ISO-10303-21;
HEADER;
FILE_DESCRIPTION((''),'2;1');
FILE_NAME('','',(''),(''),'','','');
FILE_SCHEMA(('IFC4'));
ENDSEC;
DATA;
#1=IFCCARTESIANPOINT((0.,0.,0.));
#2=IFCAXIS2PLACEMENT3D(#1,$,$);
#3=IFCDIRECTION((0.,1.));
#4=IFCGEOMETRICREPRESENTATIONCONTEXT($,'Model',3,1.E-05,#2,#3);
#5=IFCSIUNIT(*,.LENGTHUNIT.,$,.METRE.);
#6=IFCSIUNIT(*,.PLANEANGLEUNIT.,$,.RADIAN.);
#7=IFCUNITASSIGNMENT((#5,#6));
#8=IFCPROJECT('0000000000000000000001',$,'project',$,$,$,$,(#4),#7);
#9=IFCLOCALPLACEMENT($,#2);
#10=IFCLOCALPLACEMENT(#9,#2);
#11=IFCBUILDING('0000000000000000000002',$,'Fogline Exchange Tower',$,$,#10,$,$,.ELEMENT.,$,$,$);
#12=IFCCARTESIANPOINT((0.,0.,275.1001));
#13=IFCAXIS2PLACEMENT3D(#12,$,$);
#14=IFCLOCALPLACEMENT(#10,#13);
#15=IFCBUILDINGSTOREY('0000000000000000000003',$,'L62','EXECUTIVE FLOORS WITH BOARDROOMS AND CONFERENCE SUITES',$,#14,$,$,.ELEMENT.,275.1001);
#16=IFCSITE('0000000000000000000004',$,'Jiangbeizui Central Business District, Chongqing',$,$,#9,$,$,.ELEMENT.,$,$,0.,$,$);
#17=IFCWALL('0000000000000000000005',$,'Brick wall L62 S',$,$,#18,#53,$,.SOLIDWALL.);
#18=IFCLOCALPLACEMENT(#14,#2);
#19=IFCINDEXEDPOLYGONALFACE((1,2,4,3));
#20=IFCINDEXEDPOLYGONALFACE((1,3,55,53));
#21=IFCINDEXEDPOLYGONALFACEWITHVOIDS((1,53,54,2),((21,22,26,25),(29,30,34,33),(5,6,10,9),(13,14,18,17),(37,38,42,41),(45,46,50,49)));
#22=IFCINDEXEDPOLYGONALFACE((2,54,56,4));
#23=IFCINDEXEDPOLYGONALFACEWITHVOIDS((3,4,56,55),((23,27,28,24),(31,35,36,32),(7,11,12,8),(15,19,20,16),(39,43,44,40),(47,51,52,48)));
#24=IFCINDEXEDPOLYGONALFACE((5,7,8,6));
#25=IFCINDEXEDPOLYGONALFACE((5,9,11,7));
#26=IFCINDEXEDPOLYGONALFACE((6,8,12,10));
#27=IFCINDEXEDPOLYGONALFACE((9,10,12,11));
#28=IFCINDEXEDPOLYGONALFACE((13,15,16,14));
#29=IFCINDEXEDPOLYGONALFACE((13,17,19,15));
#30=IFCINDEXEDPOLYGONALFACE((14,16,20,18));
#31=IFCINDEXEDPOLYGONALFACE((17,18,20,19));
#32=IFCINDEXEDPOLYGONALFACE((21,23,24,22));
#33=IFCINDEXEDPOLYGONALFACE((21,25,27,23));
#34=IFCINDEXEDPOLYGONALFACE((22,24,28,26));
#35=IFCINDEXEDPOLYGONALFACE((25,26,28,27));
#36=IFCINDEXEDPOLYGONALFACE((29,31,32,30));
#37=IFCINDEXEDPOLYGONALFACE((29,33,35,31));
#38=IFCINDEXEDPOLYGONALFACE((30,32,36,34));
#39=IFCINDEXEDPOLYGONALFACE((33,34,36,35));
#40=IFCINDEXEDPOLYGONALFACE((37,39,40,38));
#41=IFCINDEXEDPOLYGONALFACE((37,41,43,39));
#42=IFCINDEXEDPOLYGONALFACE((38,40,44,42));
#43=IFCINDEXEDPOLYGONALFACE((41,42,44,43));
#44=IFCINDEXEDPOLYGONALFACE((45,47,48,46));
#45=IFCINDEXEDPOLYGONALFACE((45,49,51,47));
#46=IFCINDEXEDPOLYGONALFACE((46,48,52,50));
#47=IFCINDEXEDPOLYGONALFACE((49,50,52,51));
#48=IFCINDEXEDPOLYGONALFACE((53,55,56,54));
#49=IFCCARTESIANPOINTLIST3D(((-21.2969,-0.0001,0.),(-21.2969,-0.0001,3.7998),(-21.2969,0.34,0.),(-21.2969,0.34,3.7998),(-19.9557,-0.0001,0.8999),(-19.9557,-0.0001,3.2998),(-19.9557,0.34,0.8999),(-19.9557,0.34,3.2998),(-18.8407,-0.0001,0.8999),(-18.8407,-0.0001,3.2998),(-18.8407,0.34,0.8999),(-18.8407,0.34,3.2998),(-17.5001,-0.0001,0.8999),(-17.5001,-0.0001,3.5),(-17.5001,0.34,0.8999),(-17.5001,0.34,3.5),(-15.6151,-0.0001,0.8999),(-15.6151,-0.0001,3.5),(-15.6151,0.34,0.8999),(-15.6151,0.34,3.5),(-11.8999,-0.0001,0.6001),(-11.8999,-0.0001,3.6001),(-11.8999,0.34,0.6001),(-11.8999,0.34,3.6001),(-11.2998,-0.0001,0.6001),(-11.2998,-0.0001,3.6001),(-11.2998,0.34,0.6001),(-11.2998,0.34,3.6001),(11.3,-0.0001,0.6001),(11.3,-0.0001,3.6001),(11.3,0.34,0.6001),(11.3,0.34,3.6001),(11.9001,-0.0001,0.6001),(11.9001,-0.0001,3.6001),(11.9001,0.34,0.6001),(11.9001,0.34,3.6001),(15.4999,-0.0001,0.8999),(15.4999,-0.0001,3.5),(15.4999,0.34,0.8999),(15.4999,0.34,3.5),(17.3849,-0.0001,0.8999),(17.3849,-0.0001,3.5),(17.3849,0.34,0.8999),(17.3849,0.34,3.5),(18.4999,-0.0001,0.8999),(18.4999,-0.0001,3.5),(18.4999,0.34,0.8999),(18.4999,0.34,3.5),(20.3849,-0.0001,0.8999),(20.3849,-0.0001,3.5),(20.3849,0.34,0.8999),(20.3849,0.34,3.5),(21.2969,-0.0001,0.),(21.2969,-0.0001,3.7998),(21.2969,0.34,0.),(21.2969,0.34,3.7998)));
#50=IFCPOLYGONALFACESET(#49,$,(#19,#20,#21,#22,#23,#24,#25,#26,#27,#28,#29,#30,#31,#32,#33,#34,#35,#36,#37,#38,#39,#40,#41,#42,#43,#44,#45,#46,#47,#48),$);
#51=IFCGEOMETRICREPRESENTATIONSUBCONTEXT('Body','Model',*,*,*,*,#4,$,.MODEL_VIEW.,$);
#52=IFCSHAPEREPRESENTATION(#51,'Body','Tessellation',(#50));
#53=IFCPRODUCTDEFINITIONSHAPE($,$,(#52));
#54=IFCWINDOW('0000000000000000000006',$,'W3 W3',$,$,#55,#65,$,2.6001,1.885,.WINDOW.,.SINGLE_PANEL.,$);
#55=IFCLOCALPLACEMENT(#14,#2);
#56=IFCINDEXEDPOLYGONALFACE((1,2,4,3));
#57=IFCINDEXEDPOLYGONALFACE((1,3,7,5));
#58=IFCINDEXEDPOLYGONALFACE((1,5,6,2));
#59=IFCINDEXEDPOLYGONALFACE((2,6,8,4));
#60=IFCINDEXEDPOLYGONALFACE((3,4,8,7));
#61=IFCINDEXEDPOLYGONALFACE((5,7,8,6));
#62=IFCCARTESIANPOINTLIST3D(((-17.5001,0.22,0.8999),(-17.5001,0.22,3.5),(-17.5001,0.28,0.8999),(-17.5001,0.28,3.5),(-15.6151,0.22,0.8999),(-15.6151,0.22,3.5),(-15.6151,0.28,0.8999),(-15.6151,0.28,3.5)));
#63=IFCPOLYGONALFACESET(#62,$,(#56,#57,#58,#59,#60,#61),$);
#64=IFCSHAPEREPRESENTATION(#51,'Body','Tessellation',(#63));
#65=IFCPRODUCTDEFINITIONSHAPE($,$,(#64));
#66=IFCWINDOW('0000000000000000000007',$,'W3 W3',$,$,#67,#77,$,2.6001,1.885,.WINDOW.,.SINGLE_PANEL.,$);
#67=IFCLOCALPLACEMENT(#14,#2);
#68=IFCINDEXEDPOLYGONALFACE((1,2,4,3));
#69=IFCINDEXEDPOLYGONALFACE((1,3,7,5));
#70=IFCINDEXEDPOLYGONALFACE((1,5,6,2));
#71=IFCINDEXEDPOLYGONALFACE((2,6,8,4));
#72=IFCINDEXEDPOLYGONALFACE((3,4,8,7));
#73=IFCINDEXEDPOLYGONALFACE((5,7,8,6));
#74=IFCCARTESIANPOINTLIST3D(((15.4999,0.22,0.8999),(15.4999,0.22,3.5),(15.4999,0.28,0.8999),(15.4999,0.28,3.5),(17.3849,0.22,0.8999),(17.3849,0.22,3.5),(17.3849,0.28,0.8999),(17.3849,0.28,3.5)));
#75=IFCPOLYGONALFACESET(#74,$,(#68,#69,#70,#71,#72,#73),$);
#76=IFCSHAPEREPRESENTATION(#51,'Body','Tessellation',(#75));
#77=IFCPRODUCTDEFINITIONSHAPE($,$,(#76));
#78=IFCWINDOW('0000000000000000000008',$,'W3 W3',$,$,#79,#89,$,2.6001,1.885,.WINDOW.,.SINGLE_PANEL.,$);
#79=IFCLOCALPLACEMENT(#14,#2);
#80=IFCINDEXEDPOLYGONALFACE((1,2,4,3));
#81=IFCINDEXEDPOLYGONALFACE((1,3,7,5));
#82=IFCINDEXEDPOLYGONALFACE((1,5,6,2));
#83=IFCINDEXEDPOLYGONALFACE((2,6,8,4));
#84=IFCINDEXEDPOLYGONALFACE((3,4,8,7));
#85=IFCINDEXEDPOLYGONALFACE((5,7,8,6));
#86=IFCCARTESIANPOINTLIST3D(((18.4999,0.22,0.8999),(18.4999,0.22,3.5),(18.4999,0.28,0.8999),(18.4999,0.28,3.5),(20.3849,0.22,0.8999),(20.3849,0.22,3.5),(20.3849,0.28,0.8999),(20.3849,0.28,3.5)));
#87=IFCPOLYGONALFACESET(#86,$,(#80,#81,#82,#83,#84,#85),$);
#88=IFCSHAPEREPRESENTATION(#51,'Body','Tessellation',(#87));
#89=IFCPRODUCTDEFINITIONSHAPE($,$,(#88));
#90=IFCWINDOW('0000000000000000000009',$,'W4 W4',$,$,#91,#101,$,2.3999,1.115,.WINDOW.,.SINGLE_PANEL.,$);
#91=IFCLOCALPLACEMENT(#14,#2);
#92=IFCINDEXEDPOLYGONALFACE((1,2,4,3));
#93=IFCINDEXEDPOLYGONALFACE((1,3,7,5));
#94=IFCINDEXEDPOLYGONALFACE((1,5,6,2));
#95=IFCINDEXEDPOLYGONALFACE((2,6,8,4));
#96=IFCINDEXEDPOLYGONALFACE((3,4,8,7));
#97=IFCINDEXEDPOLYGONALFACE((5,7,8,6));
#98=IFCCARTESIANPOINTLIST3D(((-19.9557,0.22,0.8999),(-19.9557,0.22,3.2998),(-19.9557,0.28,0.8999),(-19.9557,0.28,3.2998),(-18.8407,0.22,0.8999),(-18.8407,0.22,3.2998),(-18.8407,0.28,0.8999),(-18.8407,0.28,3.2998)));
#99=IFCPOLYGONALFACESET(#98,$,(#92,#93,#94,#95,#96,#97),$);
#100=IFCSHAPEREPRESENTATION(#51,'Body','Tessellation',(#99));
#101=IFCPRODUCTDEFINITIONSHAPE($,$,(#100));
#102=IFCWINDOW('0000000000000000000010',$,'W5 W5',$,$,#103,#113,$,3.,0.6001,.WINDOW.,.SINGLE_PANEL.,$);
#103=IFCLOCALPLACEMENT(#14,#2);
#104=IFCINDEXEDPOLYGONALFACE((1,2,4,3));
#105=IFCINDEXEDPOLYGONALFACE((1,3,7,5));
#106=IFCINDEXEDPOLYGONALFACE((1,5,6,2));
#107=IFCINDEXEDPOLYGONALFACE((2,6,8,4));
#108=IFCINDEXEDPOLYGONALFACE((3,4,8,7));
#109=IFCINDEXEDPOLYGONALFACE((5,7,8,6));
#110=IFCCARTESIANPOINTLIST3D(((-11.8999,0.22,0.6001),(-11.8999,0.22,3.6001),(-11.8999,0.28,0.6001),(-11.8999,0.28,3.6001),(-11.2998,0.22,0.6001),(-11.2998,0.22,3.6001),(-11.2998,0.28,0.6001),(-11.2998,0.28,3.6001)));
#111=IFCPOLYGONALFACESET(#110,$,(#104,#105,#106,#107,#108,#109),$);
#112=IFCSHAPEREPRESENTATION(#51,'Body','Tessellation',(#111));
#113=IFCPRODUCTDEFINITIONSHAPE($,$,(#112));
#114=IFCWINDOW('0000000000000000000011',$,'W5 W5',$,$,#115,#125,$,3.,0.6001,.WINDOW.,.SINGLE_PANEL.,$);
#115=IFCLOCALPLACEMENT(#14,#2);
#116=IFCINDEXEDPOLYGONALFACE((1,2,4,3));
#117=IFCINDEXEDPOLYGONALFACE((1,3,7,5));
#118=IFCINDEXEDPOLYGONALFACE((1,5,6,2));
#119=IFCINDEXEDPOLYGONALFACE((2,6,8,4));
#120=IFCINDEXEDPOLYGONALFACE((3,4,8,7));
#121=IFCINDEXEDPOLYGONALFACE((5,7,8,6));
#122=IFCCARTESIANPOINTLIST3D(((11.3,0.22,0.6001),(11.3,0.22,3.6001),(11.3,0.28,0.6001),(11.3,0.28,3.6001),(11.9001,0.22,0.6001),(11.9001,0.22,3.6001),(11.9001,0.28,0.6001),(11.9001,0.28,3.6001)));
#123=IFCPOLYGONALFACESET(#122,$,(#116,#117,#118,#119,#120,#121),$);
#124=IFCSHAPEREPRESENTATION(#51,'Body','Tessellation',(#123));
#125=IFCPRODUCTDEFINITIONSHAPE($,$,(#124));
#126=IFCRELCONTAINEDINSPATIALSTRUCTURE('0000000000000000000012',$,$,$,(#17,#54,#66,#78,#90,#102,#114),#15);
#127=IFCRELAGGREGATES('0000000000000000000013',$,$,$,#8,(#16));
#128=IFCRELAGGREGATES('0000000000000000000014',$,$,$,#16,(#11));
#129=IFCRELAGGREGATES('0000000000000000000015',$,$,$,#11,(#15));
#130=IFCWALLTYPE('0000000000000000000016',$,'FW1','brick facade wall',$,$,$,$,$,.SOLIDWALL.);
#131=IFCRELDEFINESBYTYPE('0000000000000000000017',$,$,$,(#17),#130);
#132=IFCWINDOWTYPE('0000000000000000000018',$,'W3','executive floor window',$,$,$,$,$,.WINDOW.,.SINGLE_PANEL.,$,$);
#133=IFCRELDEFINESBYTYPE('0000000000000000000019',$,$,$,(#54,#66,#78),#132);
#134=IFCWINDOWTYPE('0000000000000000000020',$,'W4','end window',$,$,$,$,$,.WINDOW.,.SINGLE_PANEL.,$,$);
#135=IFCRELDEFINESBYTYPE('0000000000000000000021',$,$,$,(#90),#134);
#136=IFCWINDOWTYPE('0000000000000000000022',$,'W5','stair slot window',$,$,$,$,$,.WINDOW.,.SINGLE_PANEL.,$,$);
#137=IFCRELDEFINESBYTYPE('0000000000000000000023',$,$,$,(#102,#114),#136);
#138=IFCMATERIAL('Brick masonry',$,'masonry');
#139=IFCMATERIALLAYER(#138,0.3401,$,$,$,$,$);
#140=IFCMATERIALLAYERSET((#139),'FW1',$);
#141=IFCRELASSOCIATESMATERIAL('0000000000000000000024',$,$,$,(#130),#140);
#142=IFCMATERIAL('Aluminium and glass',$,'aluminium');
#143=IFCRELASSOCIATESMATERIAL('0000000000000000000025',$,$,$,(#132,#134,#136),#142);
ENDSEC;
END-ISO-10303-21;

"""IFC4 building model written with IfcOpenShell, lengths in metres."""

from ifc_helpers import new_model, si_unit, direction, frame, frame_2d, origin, place, context, subcontext, project, spatial, rectangle, extrude, material, layer, layer_set, type_object, element, fill, save


model = new_model("IFC4")

# Units and contexts
model_context = context("Model", 3, precision=1e-05, world=origin(), true_north=direction((0.0, 1.0)))
body_context = subcontext(model_context, "Body", "Model", "MODEL_VIEW")
ifc_project = project(units=[si_unit("LENGTHUNIT", "METRE"), si_unit("PLANEANGLEUNIT", "RADIAN")], contexts=[model_context])

# Site, building, storey
site_placement = place(None, origin())
site = spatial("IfcSite", under=ifc_project, at=site_placement, Name="Jiangbeizui Central Business District, Chongqing", CompositionType="ELEMENT", RefElevation=0.0)
building_placement = place(site_placement, origin())
building = spatial("IfcBuilding", under=site, at=building_placement, Name="Fogline Exchange Tower", CompositionType="ELEMENT")
storey_placement = place(building_placement, frame((0.0, 0.0, 275.1001)))
storey = spatial("IfcBuildingStorey", under=building, at=storey_placement, Name="L62", Description="EXECUTIVE FLOORS WITH BOARDROOMS AND CONFERENCE SUITES", CompositionType="ELEMENT", Elevation=275.1001)

# Shared definitions
ifc_material_1 = material(Name="Brick masonry", Category="masonry")
ifc_layer = layer(ifc_material_1, 0.3401)
ifc_layer_set = layer_set([ifc_layer], Name="FW1")
wall_type = type_object("IfcWallType", Name="FW1", Description="brick facade wall", PredefinedType="SOLIDWALL", material=ifc_layer_set)
ifc_material_2 = material(Name="Aluminium and glass", Category="aluminium")

# Wall, openings, windows
wall_1_placement = place(storey_placement, frame((-21.2969, 0.1699, 0.0), z_axis=(0.0, 0.0, 1.0), x_axis=(1.0, 0.0, 0.0)))
wall_1 = element("IfcWall", 1, at=wall_1_placement, inside=storey, type_object=wall_type, Name="Brick wall L62 S", PredefinedType="SOLIDWALL", context=body_context, shape_type="SweptSolid", body=[
    extrude(rectangle(XDim=42.5938, YDim=0.3401, at=frame_2d((21.2969, 0.0))), origin(), (0.0, 0.0, 1.0), 3.7998),
])
opening_1_placement = place(wall_1_placement, frame((3.7969, 0.0, 0.8999)))
opening_1 = element("IfcOpeningElement", 2, at=opening_1_placement, cuts=wall_1, PredefinedType="OPENING", context=body_context, shape_type="SweptSolid", body=[
    extrude(rectangle(XDim=1.885, YDim=2.6001, at=frame_2d((0.9424, 1.3))), frame((0.0, 0.1802, 0.0), z_axis=(0.0, -1.0, 0.0), x_axis=(1.0, 0.0, 0.0)), (0.0, 0.0, 1.0), 0.3601),
])
opening_2_placement = place(wall_1_placement, frame((36.7969, 0.0, 0.8999)))
opening_2 = element("IfcOpeningElement", 3, at=opening_2_placement, cuts=wall_1, PredefinedType="OPENING", context=body_context, shape_type="SweptSolid", body=[
    extrude(rectangle(XDim=1.885, YDim=2.6001, at=frame_2d((0.9424, 1.3))), frame((0.0, 0.1802, 0.0), z_axis=(0.0, -1.0, 0.0), x_axis=(1.0, 0.0, 0.0)), (0.0, 0.0, 1.0), 0.3601),
])
opening_3_placement = place(wall_1_placement, frame((39.7969, 0.0, 0.8999)))
opening_3 = element("IfcOpeningElement", 4, at=opening_3_placement, cuts=wall_1, PredefinedType="OPENING", context=body_context, shape_type="SweptSolid", body=[
    extrude(rectangle(XDim=1.885, YDim=2.6001, at=frame_2d((0.9424, 1.3))), frame((0.0, 0.1802, 0.0), z_axis=(0.0, -1.0, 0.0), x_axis=(1.0, 0.0, 0.0)), (0.0, 0.0, 1.0), 0.3601),
])
opening_4_placement = place(wall_1_placement, frame((1.3411, 0.0, 0.8999)))
opening_4 = element("IfcOpeningElement", 5, at=opening_4_placement, cuts=wall_1, PredefinedType="OPENING", context=body_context, shape_type="SweptSolid", body=[
    extrude(rectangle(XDim=1.115, YDim=2.3999, at=frame_2d((0.5576, 1.2))), frame((0.0, 0.1802, 0.0), z_axis=(0.0, -1.0, 0.0), x_axis=(1.0, 0.0, 0.0)), (0.0, 0.0, 1.0), 0.3601),
])
opening_5_placement = place(wall_1_placement, frame((9.397, 0.0, 0.6001)))
opening_5 = element("IfcOpeningElement", 6, at=opening_5_placement, cuts=wall_1, PredefinedType="OPENING", context=body_context, shape_type="SweptSolid", body=[
    extrude(rectangle(XDim=0.6001, YDim=3.0, at=frame_2d((0.3, 1.5))), frame((0.0, 0.1802, 0.0), z_axis=(0.0, -1.0, 0.0), x_axis=(1.0, 0.0, 0.0)), (0.0, 0.0, 1.0), 0.3601),
])
opening_6_placement = place(wall_1_placement, frame((32.5969, 0.0, 0.6001)))
opening_6 = element("IfcOpeningElement", 7, at=opening_6_placement, cuts=wall_1, PredefinedType="OPENING", context=body_context, shape_type="SweptSolid", body=[
    extrude(rectangle(XDim=0.6001, YDim=3.0, at=frame_2d((0.3, 1.5))), frame((0.0, 0.1802, 0.0), z_axis=(0.0, -1.0, 0.0), x_axis=(1.0, 0.0, 0.0)), (0.0, 0.0, 1.0), 0.3601),
])
window_type_1 = type_object("IfcWindowType", Name="W3", Description="executive floor window", PartitioningType="SINGLE_PANEL", PredefinedType="WINDOW", material=ifc_material_2)
window_1_placement = place(opening_1_placement, origin())
window_1 = element("IfcWindow", 8, at=window_1_placement, inside=storey, type_object=window_type_1, Name="W3 W3", OverallHeight=2.6001, OverallWidth=1.885, PartitioningType="SINGLE_PANEL", PredefinedType="WINDOW", context=body_context, shape_type="SweptSolid", body=[
    extrude(rectangle(XDim=1.885, YDim=2.6001, at=frame_2d((0.9424, 1.3))), frame((0.0, 0.1101, 0.0), z_axis=(0.0, -1.0, 0.0), x_axis=(1.0, 0.0, 0.0)), (0.0, 0.0, 1.0), 0.0601),
])
fill(opening_1, window_1)
window_2_placement = place(opening_2_placement, origin())
window_2 = element("IfcWindow", 9, at=window_2_placement, inside=storey, type_object=window_type_1, Name="W3 W3", OverallHeight=2.6001, OverallWidth=1.885, PartitioningType="SINGLE_PANEL", PredefinedType="WINDOW", context=body_context, shape_type="SweptSolid", body=[
    extrude(rectangle(XDim=1.885, YDim=2.6001, at=frame_2d((0.9424, 1.3))), frame((0.0, 0.1101, 0.0), z_axis=(0.0, -1.0, 0.0), x_axis=(1.0, 0.0, 0.0)), (0.0, 0.0, 1.0), 0.0601),
])
fill(opening_2, window_2)
window_3_placement = place(opening_3_placement, origin())
window_3 = element("IfcWindow", 10, at=window_3_placement, inside=storey, type_object=window_type_1, Name="W3 W3", OverallHeight=2.6001, OverallWidth=1.885, PartitioningType="SINGLE_PANEL", PredefinedType="WINDOW", context=body_context, shape_type="SweptSolid", body=[
    extrude(rectangle(XDim=1.885, YDim=2.6001, at=frame_2d((0.9424, 1.3))), frame((0.0, 0.1101, 0.0), z_axis=(0.0, -1.0, 0.0), x_axis=(1.0, 0.0, 0.0)), (0.0, 0.0, 1.0), 0.0601),
])
fill(opening_3, window_3)
window_type_2 = type_object("IfcWindowType", Name="W4", Description="end window", PartitioningType="SINGLE_PANEL", PredefinedType="WINDOW", material=ifc_material_2)
window_4_placement = place(opening_4_placement, origin())
window_4 = element("IfcWindow", 11, at=window_4_placement, inside=storey, type_object=window_type_2, Name="W4 W4", OverallHeight=2.3999, OverallWidth=1.115, PartitioningType="SINGLE_PANEL", PredefinedType="WINDOW", context=body_context, shape_type="SweptSolid", body=[
    extrude(rectangle(XDim=1.115, YDim=2.3999, at=frame_2d((0.5576, 1.2))), frame((0.0, 0.1101, 0.0), z_axis=(0.0, -1.0, 0.0), x_axis=(1.0, 0.0, 0.0)), (0.0, 0.0, 1.0), 0.0601),
])
fill(opening_4, window_4)
window_type_3 = type_object("IfcWindowType", Name="W5", Description="stair slot window", PartitioningType="SINGLE_PANEL", PredefinedType="WINDOW", material=ifc_material_2)
window_5_placement = place(opening_5_placement, origin())
window_5 = element("IfcWindow", 12, at=window_5_placement, inside=storey, type_object=window_type_3, Name="W5 W5", OverallHeight=3.0, OverallWidth=0.6001, PartitioningType="SINGLE_PANEL", PredefinedType="WINDOW", context=body_context, shape_type="SweptSolid", body=[
    extrude(rectangle(XDim=0.6001, YDim=3.0, at=frame_2d((0.3, 1.5))), frame((0.0, 0.1101, 0.0), z_axis=(0.0, -1.0, 0.0), x_axis=(1.0, 0.0, 0.0)), (0.0, 0.0, 1.0), 0.0601),
])
fill(opening_5, window_5)
window_6_placement = place(opening_6_placement, origin())
window_6 = element("IfcWindow", 13, at=window_6_placement, inside=storey, type_object=window_type_3, Name="W5 W5", OverallHeight=3.0, OverallWidth=0.6001, PartitioningType="SINGLE_PANEL", PredefinedType="WINDOW", context=body_context, shape_type="SweptSolid", body=[
    extrude(rectangle(XDim=0.6001, YDim=3.0, at=frame_2d((0.3, 1.5))), frame((0.0, 0.1101, 0.0), z_axis=(0.0, -1.0, 0.0), x_axis=(1.0, 0.0, 0.0)), (0.0, 0.0, 1.0), 0.0601),
])
fill(opening_6, window_6)

save(model, "model.ifc")
